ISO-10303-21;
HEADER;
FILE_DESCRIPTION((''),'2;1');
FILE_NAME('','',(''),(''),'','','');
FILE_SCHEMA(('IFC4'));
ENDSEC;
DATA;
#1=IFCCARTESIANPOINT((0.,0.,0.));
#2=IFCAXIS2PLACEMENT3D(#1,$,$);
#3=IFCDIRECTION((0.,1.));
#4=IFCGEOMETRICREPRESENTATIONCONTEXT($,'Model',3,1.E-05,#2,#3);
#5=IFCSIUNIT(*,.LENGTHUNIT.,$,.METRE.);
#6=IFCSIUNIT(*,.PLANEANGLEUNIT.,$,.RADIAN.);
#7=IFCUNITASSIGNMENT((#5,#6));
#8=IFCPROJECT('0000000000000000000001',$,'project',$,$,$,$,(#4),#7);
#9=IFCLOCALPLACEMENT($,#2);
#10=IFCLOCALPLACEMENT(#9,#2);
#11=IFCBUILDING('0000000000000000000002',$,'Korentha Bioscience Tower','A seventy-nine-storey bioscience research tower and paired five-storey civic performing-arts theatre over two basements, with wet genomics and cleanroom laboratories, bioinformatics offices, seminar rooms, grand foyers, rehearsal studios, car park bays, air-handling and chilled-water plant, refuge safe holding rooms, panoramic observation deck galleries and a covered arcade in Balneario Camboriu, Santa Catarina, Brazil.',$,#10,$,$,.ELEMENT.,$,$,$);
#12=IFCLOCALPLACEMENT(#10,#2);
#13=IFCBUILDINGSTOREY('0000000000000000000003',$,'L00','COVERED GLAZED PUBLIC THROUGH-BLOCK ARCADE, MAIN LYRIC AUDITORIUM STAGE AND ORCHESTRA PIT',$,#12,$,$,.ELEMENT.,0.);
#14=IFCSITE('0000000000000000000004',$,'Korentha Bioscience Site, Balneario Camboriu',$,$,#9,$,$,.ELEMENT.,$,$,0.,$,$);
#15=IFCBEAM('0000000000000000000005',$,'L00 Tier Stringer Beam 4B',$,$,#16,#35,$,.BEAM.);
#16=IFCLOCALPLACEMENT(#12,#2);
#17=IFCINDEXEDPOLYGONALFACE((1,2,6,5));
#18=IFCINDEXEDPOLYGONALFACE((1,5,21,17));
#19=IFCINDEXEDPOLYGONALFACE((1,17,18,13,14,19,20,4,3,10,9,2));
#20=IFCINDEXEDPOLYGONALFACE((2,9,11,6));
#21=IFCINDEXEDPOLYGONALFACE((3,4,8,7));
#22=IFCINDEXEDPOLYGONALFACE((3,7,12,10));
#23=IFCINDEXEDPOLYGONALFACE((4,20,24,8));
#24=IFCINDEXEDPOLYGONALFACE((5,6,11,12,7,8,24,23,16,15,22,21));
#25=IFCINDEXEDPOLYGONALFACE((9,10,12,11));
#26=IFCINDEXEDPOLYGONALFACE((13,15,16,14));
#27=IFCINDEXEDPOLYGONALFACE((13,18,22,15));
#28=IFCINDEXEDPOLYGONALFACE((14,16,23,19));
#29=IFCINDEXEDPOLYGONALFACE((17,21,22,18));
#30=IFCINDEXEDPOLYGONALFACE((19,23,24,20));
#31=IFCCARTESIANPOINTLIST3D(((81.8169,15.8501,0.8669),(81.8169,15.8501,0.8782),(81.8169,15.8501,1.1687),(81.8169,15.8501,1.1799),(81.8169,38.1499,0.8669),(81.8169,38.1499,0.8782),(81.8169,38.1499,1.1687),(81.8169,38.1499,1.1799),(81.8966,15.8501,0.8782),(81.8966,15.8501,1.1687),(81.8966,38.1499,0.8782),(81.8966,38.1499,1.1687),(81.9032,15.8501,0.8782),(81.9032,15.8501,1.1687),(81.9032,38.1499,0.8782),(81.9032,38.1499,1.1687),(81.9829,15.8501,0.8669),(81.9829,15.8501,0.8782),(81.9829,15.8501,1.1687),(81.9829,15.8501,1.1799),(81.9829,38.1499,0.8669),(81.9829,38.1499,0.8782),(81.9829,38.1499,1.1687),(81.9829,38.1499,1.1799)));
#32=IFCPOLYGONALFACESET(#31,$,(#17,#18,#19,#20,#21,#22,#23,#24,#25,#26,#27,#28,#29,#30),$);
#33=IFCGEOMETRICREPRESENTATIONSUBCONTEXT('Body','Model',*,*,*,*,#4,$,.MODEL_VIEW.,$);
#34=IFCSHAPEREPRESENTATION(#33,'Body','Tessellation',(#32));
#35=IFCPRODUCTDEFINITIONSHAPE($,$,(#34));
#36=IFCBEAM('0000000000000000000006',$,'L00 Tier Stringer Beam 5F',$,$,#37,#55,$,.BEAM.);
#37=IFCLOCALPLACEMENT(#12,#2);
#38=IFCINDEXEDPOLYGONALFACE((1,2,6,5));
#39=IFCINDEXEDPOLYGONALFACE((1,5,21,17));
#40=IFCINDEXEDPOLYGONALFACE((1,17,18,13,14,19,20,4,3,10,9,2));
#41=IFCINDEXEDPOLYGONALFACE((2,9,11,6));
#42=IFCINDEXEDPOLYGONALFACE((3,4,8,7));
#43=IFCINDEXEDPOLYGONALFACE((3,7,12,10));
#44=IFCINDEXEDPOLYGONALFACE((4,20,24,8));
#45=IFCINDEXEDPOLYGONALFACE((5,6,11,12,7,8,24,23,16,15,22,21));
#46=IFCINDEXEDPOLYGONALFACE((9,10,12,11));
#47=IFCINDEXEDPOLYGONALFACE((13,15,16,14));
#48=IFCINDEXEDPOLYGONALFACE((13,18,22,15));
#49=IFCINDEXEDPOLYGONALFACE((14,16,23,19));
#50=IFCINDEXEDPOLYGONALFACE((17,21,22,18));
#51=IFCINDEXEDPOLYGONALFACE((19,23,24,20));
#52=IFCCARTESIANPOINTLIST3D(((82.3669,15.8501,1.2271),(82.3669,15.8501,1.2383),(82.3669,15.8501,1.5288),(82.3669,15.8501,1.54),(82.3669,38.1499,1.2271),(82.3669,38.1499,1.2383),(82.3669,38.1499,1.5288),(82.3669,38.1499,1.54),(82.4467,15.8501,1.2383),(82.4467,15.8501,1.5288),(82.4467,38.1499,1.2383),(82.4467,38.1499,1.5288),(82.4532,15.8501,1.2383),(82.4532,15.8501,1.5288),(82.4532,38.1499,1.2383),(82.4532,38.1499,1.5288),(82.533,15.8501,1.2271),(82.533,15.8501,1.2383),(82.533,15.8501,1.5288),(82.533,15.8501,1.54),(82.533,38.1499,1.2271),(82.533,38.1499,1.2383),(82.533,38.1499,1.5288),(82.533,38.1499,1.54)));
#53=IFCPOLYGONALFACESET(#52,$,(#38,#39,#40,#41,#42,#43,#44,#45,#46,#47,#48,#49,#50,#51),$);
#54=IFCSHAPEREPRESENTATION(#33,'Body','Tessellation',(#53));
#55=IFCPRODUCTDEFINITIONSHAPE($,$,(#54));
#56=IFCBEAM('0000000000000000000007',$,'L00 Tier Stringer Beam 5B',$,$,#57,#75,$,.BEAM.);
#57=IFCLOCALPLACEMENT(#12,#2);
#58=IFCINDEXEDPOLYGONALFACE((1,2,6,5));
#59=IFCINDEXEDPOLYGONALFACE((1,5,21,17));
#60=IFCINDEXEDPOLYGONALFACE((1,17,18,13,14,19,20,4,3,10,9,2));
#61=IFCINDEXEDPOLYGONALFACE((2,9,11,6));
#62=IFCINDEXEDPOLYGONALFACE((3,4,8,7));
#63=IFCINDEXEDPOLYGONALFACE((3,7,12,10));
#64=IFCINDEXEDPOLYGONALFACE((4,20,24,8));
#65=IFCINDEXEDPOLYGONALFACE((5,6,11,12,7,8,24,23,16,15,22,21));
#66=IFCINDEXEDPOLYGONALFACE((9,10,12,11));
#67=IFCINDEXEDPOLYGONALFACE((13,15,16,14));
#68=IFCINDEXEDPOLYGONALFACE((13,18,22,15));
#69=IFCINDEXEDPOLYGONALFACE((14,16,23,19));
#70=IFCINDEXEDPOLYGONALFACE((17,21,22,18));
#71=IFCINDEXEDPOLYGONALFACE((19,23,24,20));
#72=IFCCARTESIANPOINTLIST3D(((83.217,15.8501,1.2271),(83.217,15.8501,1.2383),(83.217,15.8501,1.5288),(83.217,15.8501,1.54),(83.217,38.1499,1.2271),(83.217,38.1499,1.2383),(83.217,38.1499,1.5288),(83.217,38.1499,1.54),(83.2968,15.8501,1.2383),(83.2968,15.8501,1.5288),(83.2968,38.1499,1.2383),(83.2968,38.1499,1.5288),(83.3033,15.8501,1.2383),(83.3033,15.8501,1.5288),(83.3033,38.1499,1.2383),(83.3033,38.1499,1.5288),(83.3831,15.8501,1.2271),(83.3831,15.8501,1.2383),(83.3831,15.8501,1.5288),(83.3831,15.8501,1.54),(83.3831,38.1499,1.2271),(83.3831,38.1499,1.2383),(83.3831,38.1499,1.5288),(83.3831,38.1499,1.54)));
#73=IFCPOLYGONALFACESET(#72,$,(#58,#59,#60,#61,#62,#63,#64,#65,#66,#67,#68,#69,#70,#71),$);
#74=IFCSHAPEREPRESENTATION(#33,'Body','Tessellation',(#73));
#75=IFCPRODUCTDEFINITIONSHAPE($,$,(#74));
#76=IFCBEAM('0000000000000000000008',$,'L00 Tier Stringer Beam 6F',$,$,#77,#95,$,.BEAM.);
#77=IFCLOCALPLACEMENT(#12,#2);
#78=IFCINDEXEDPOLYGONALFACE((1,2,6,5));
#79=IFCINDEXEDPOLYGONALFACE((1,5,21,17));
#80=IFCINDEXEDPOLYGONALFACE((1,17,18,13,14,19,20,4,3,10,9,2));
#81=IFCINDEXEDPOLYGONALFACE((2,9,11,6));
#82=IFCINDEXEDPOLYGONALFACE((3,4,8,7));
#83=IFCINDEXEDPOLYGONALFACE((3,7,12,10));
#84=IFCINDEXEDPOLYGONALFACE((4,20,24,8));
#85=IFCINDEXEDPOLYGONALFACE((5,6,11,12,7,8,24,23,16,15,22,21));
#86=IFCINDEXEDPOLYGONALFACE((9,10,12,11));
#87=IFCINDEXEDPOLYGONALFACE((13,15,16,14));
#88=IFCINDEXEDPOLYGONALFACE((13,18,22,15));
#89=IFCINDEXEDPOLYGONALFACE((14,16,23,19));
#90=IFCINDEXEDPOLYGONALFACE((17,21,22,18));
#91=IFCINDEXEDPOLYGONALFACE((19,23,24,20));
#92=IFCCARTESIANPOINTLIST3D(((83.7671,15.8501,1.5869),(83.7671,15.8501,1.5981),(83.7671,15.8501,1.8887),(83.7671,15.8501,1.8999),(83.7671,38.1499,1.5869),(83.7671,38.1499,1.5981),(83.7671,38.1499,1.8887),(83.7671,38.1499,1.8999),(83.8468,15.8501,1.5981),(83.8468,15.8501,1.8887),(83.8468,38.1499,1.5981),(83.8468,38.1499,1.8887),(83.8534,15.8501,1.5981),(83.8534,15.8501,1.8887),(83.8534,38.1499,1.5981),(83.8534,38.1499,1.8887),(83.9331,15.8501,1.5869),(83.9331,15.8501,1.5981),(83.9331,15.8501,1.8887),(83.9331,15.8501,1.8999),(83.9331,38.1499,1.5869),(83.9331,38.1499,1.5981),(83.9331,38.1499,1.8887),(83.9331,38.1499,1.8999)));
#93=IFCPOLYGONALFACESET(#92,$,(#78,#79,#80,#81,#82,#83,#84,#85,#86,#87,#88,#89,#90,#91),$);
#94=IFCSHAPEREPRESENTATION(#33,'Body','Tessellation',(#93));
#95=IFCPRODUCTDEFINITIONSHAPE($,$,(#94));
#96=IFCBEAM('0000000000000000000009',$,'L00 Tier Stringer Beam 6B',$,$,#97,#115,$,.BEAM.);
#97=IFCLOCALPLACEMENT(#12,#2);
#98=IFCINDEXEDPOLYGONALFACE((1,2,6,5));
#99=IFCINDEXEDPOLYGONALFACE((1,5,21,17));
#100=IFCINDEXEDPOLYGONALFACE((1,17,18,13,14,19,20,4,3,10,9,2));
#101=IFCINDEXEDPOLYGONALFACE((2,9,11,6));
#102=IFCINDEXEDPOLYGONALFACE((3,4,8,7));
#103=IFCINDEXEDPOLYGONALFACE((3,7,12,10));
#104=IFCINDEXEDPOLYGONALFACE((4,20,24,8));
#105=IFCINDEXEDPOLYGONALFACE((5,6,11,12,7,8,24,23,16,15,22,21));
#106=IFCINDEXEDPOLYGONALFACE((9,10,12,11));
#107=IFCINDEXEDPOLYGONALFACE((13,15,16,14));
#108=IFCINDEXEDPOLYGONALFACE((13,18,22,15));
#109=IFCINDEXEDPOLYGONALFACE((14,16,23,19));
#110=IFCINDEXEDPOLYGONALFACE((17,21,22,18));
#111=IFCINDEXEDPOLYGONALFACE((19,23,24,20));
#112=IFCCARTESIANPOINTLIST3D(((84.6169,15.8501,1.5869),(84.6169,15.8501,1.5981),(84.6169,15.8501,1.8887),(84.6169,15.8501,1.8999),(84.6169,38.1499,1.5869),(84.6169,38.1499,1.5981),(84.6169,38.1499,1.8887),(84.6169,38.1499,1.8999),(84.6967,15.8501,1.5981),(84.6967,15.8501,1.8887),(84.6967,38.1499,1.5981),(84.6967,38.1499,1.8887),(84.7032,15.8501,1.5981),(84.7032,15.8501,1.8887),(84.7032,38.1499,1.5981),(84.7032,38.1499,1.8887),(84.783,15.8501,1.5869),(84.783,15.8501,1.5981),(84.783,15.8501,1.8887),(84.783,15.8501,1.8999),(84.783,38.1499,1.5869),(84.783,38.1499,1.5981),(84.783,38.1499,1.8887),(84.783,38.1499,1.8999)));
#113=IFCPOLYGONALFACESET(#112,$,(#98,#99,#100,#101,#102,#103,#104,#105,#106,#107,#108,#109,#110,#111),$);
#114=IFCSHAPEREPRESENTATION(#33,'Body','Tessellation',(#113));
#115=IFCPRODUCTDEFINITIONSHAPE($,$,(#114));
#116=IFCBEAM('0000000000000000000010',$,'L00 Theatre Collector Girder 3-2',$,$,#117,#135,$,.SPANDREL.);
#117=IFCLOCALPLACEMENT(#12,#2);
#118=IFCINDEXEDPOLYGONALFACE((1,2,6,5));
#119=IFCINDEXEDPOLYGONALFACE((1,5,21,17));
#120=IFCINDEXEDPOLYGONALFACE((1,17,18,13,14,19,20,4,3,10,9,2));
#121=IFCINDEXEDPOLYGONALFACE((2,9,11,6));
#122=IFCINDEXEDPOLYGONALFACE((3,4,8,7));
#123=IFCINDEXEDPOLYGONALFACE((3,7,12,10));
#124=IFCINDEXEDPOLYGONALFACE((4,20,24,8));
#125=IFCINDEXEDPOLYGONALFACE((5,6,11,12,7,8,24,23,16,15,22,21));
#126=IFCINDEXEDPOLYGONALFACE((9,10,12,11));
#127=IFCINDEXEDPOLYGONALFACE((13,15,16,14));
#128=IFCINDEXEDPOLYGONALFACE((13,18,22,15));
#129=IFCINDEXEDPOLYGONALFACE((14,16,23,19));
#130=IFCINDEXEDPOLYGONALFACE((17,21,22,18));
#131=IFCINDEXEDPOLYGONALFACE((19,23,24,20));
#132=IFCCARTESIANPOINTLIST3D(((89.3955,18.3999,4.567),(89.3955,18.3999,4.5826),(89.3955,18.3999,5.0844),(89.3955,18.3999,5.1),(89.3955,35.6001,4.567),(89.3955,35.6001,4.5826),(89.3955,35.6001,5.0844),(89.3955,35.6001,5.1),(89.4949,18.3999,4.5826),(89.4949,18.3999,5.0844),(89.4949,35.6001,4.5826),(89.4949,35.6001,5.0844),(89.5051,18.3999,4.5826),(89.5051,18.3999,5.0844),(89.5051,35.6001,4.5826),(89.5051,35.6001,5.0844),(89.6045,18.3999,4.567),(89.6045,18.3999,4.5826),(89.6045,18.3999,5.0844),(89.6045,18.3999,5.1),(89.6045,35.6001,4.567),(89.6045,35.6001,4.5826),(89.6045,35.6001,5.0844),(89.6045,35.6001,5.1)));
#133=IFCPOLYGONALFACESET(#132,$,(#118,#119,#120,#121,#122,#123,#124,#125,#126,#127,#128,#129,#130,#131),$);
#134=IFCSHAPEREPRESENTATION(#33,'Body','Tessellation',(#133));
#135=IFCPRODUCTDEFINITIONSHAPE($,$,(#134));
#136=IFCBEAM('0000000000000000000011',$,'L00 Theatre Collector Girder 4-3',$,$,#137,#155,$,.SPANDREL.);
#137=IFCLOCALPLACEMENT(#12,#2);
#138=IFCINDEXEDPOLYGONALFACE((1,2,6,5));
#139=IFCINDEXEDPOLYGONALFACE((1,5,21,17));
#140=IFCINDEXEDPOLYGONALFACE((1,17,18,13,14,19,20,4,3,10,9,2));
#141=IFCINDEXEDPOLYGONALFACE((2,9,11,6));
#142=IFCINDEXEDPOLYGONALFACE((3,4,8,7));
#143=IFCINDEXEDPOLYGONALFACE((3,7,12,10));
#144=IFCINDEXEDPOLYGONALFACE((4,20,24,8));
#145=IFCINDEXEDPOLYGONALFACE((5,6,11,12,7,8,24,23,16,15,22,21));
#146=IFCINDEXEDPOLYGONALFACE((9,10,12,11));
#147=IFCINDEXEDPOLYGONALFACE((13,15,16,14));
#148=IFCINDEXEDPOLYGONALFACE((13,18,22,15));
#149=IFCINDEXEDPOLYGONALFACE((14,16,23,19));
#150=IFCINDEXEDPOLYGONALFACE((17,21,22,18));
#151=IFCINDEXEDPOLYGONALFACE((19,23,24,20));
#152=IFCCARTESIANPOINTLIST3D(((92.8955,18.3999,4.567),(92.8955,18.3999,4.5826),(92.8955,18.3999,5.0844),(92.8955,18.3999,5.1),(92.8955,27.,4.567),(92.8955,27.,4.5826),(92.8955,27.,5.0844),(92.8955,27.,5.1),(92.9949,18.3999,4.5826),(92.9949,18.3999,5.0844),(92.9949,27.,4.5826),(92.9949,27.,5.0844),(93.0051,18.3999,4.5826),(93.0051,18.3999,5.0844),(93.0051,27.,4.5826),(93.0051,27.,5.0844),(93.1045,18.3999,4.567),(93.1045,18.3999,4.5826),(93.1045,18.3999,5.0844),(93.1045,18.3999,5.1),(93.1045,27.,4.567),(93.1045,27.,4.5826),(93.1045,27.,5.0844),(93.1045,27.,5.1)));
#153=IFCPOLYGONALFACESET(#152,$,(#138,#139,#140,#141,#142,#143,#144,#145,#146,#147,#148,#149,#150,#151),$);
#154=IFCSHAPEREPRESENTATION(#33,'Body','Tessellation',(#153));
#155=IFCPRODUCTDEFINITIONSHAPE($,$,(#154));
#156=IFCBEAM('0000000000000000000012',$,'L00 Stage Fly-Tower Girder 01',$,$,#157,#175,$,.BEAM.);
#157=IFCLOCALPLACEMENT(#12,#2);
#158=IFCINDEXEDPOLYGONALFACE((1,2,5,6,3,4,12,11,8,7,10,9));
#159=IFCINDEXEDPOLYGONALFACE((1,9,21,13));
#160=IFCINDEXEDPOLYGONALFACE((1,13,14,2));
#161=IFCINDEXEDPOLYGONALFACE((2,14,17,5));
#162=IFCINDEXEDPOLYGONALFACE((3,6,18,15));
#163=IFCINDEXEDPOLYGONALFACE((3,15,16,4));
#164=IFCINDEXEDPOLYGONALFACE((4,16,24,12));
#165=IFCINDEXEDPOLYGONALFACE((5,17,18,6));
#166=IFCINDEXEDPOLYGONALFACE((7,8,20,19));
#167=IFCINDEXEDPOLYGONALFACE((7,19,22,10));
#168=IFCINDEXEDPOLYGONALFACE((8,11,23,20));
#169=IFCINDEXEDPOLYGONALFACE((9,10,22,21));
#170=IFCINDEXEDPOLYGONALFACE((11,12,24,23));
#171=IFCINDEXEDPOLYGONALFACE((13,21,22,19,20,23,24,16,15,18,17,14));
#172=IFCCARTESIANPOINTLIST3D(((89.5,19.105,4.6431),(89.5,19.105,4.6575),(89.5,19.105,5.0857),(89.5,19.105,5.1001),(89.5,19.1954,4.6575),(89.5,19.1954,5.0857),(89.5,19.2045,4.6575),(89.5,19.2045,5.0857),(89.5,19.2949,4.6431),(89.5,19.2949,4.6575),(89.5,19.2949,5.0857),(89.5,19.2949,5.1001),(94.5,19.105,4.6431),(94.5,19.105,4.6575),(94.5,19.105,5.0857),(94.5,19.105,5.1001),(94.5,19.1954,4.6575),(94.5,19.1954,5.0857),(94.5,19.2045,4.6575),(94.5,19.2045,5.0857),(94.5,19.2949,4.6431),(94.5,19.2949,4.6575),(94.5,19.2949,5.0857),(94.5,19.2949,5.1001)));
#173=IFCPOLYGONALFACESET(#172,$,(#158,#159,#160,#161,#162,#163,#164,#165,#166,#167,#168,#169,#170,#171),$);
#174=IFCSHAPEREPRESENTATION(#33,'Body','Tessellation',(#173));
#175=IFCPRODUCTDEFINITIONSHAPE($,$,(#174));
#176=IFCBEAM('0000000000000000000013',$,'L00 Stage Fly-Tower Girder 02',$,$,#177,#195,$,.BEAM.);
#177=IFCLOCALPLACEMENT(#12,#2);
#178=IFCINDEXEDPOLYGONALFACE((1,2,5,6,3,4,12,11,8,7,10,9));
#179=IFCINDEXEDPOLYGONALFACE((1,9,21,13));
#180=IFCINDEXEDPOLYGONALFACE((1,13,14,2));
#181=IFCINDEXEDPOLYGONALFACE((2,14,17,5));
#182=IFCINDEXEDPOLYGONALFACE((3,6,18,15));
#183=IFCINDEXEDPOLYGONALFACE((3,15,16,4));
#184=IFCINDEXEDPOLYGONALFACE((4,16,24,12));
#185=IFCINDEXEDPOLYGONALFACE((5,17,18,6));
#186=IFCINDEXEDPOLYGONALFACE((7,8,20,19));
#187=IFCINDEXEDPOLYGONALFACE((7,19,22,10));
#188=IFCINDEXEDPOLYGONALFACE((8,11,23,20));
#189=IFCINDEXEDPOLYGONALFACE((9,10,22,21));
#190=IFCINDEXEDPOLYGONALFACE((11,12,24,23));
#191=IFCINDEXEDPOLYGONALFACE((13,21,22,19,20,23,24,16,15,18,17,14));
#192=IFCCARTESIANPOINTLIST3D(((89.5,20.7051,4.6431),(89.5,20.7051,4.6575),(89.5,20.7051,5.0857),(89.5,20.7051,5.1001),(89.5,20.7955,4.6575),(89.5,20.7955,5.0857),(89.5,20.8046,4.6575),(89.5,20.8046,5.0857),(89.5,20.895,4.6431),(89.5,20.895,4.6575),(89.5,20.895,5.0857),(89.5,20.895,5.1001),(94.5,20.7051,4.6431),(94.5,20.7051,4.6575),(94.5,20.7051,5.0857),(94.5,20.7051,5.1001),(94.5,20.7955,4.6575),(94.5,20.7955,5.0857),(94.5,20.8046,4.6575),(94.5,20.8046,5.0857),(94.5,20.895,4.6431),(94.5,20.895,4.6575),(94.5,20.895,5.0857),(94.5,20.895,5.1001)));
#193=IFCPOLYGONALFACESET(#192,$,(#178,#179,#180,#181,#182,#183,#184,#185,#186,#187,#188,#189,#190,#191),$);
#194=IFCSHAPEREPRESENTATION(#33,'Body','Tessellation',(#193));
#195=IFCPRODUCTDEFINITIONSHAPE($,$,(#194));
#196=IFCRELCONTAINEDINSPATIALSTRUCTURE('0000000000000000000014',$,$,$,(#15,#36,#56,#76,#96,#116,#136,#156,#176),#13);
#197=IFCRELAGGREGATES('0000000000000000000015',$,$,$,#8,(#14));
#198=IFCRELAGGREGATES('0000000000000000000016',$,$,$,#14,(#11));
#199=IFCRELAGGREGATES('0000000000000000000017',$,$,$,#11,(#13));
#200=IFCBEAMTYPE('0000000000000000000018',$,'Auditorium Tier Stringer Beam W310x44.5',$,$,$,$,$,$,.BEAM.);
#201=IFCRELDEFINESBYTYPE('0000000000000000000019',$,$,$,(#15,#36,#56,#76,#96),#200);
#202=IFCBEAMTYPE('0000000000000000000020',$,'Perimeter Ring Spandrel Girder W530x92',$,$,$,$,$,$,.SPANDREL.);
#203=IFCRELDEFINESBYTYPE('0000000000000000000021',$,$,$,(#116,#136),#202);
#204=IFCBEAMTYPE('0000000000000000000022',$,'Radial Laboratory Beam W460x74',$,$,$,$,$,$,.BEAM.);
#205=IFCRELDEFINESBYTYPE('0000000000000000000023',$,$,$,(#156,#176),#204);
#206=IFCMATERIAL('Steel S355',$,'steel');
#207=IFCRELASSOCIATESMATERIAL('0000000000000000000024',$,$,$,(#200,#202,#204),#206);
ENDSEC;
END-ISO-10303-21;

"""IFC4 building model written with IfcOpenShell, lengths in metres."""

from ifc_helpers import new_model, si_unit, direction, frame, origin, origin_2d, place, context, subcontext, project, spatial, i_section, extrude, material, material_profile, profile_set, type_object, element, save


model = new_model("IFC4")

# Units and contexts
model_context = context("Model", 3, precision=1e-05, world=origin(), true_north=direction((0.0, 1.0)))
body_context = subcontext(model_context, "Body", "Model", "MODEL_VIEW")
ifc_project = project(units=[si_unit("LENGTHUNIT", "METRE"), si_unit("PLANEANGLEUNIT", "RADIAN")], contexts=[model_context])

# Site, building, storey
site_placement = place(None, origin())
site = spatial("IfcSite", under=ifc_project, at=site_placement, Name="Korentha Bioscience Site, Balneario Camboriu", CompositionType="ELEMENT", RefElevation=0.0)
building_placement = place(site_placement, origin())
building = spatial("IfcBuilding", under=site, at=building_placement, Name="Korentha Bioscience Tower", Description="A seventy-nine-storey bioscience research tower and paired five-storey civic performing-arts theatre over two basements, with wet genomics and cleanroom laboratories, bioinformatics offices, seminar rooms, grand foyers, rehearsal studios, car park bays, air-handling and chilled-water plant, refuge safe holding rooms, panoramic observation deck galleries and a covered arcade in Balneario Camboriu, Santa Catarina, Brazil.", CompositionType="ELEMENT")
storey_placement = place(building_placement, origin())
storey = spatial("IfcBuildingStorey", under=building, at=storey_placement, Name="L00", Description="COVERED GLAZED PUBLIC THROUGH-BLOCK ARCADE, MAIN LYRIC AUDITORIUM STAGE AND ORCHESTRA PIT", CompositionType="ELEMENT", Elevation=0.0)

# Shared definitions
ifc_material_1 = material(Name="Steel S355", Category="steel")

# Beams
ifc_material_profile_1 = material_profile(ifc_material_1, i_section(OverallWidth=0.166, OverallDepth=0.313, WebThickness=0.0066, FlangeThickness=0.0112, at=origin_2d()), Name="Steel S355")
ifc_profile_set_1 = profile_set([ifc_material_profile_1], Name="Steel S355 (TS-310)")
beam_type_1 = type_object("IfcBeamType", Name="Auditorium Tier Stringer Beam W310x44.5", PredefinedType="BEAM", material=ifc_profile_set_1)
for number, where, z_axis, x_axis, name in (
    (1, (81.8999, 15.8501, 1.0234), (0.0, 1.0, 0.0), (-1.0, 0.0, 0.0), "L00 Tier Stringer Beam 4B"),
    (2, (82.45, 15.8501, 1.3835), (0.0, 1.0, 0.0), (-1.0, 0.0, 0.0), "L00 Tier Stringer Beam 5F"),
    (3, (83.3, 15.8501, 1.3835), (0.0, 1.0, 0.0), (-1.0, 0.0, 0.0), "L00 Tier Stringer Beam 5B"),
    (4, (83.8501, 15.8501, 1.7434), (0.0, 1.0, 0.0), (-1.0, 0.0, 0.0), "L00 Tier Stringer Beam 6F"),
    (5, (84.7, 15.8501, 1.7434), (0.0, 1.0, 0.0), (-1.0, 0.0, 0.0), "L00 Tier Stringer Beam 6B"),
):
    element("IfcBeam", number, at=place(storey_placement, frame(where, z_axis=z_axis, x_axis=x_axis)), inside=storey, type_object=beam_type_1, Name=name, PredefinedType="BEAM", context=body_context, shape_type="SweptSolid", body=[
        extrude(i_section(OverallWidth=0.166, OverallDepth=0.313, WebThickness=0.0066, FlangeThickness=0.0112, at=origin_2d()), origin(), (0.0, 0.0, 1.0), 22.2998),
    ])
ifc_material_profile_2 = material_profile(ifc_material_1, i_section(OverallWidth=0.209, OverallDepth=0.533, WebThickness=0.0103, FlangeThickness=0.0156, at=origin_2d()), Name="Steel S355")
ifc_profile_set_2 = profile_set([ifc_material_profile_2], Name="Steel S355 (SB-530)")
beam_type_2 = type_object("IfcBeamType", Name="Perimeter Ring Spandrel Girder W530x92", PredefinedType="SPANDREL", material=ifc_profile_set_2)
beam_1_placement = place(storey_placement, frame((89.5, 18.3999, 4.8335), z_axis=(0.0, 1.0, 0.0), x_axis=(-1.0, 0.0, 0.0)))
element("IfcBeam", 6, at=beam_1_placement, inside=storey, type_object=beam_type_2, Name="L00 Theatre Collector Girder 3-2", PredefinedType="SPANDREL", context=body_context, shape_type="SweptSolid", body=[
    extrude(i_section(OverallWidth=0.209, OverallDepth=0.533, WebThickness=0.0103, FlangeThickness=0.0156, at=origin_2d()), origin(), (0.0, 0.0, 1.0), 17.2002),
])
beam_2_placement = place(storey_placement, frame((93.0, 18.3999, 4.8335), z_axis=(0.0, 1.0, 0.0), x_axis=(-1.0, 0.0, 0.0)))
element("IfcBeam", 7, at=beam_2_placement, inside=storey, type_object=beam_type_2, Name="L00 Theatre Collector Girder 4-3", PredefinedType="SPANDREL", context=body_context, shape_type="SweptSolid", body=[
    extrude(i_section(OverallWidth=0.209, OverallDepth=0.533, WebThickness=0.0103, FlangeThickness=0.0156, at=origin_2d()), origin(), (0.0, 0.0, 1.0), 8.6001),
])
ifc_material_profile_3 = material_profile(ifc_material_1, i_section(OverallWidth=0.1899, OverallDepth=0.457, WebThickness=0.009, FlangeThickness=0.0144, at=origin_2d()), Name="Steel S355")
ifc_profile_set_3 = profile_set([ifc_material_profile_3], Name="Steel S355 (RB-460)")
beam_type_3 = type_object("IfcBeamType", Name="Radial Laboratory Beam W460x74", PredefinedType="BEAM", material=ifc_profile_set_3)
for number, where, z_axis, x_axis, name in (
    (8, (89.5, 19.2, 4.8716), (1.0, 0.0, 0.0), (0.0, 1.0, 0.0), "L00 Stage Fly-Tower Girder 01"),
    (9, (89.5, 20.8, 4.8716), (1.0, 0.0, 0.0), (0.0, 1.0, 0.0), "L00 Stage Fly-Tower Girder 02"),
):
    element("IfcBeam", number, at=place(storey_placement, frame(where, z_axis=z_axis, x_axis=x_axis)), inside=storey, type_object=beam_type_3, Name=name, PredefinedType="BEAM", context=body_context, shape_type="SweptSolid", body=[
        extrude(i_section(OverallWidth=0.1899, OverallDepth=0.457, WebThickness=0.009, FlangeThickness=0.0144, at=origin_2d()), origin(), (0.0, 0.0, 1.0), 5.0),
    ])

save(model, "model.ifc")
